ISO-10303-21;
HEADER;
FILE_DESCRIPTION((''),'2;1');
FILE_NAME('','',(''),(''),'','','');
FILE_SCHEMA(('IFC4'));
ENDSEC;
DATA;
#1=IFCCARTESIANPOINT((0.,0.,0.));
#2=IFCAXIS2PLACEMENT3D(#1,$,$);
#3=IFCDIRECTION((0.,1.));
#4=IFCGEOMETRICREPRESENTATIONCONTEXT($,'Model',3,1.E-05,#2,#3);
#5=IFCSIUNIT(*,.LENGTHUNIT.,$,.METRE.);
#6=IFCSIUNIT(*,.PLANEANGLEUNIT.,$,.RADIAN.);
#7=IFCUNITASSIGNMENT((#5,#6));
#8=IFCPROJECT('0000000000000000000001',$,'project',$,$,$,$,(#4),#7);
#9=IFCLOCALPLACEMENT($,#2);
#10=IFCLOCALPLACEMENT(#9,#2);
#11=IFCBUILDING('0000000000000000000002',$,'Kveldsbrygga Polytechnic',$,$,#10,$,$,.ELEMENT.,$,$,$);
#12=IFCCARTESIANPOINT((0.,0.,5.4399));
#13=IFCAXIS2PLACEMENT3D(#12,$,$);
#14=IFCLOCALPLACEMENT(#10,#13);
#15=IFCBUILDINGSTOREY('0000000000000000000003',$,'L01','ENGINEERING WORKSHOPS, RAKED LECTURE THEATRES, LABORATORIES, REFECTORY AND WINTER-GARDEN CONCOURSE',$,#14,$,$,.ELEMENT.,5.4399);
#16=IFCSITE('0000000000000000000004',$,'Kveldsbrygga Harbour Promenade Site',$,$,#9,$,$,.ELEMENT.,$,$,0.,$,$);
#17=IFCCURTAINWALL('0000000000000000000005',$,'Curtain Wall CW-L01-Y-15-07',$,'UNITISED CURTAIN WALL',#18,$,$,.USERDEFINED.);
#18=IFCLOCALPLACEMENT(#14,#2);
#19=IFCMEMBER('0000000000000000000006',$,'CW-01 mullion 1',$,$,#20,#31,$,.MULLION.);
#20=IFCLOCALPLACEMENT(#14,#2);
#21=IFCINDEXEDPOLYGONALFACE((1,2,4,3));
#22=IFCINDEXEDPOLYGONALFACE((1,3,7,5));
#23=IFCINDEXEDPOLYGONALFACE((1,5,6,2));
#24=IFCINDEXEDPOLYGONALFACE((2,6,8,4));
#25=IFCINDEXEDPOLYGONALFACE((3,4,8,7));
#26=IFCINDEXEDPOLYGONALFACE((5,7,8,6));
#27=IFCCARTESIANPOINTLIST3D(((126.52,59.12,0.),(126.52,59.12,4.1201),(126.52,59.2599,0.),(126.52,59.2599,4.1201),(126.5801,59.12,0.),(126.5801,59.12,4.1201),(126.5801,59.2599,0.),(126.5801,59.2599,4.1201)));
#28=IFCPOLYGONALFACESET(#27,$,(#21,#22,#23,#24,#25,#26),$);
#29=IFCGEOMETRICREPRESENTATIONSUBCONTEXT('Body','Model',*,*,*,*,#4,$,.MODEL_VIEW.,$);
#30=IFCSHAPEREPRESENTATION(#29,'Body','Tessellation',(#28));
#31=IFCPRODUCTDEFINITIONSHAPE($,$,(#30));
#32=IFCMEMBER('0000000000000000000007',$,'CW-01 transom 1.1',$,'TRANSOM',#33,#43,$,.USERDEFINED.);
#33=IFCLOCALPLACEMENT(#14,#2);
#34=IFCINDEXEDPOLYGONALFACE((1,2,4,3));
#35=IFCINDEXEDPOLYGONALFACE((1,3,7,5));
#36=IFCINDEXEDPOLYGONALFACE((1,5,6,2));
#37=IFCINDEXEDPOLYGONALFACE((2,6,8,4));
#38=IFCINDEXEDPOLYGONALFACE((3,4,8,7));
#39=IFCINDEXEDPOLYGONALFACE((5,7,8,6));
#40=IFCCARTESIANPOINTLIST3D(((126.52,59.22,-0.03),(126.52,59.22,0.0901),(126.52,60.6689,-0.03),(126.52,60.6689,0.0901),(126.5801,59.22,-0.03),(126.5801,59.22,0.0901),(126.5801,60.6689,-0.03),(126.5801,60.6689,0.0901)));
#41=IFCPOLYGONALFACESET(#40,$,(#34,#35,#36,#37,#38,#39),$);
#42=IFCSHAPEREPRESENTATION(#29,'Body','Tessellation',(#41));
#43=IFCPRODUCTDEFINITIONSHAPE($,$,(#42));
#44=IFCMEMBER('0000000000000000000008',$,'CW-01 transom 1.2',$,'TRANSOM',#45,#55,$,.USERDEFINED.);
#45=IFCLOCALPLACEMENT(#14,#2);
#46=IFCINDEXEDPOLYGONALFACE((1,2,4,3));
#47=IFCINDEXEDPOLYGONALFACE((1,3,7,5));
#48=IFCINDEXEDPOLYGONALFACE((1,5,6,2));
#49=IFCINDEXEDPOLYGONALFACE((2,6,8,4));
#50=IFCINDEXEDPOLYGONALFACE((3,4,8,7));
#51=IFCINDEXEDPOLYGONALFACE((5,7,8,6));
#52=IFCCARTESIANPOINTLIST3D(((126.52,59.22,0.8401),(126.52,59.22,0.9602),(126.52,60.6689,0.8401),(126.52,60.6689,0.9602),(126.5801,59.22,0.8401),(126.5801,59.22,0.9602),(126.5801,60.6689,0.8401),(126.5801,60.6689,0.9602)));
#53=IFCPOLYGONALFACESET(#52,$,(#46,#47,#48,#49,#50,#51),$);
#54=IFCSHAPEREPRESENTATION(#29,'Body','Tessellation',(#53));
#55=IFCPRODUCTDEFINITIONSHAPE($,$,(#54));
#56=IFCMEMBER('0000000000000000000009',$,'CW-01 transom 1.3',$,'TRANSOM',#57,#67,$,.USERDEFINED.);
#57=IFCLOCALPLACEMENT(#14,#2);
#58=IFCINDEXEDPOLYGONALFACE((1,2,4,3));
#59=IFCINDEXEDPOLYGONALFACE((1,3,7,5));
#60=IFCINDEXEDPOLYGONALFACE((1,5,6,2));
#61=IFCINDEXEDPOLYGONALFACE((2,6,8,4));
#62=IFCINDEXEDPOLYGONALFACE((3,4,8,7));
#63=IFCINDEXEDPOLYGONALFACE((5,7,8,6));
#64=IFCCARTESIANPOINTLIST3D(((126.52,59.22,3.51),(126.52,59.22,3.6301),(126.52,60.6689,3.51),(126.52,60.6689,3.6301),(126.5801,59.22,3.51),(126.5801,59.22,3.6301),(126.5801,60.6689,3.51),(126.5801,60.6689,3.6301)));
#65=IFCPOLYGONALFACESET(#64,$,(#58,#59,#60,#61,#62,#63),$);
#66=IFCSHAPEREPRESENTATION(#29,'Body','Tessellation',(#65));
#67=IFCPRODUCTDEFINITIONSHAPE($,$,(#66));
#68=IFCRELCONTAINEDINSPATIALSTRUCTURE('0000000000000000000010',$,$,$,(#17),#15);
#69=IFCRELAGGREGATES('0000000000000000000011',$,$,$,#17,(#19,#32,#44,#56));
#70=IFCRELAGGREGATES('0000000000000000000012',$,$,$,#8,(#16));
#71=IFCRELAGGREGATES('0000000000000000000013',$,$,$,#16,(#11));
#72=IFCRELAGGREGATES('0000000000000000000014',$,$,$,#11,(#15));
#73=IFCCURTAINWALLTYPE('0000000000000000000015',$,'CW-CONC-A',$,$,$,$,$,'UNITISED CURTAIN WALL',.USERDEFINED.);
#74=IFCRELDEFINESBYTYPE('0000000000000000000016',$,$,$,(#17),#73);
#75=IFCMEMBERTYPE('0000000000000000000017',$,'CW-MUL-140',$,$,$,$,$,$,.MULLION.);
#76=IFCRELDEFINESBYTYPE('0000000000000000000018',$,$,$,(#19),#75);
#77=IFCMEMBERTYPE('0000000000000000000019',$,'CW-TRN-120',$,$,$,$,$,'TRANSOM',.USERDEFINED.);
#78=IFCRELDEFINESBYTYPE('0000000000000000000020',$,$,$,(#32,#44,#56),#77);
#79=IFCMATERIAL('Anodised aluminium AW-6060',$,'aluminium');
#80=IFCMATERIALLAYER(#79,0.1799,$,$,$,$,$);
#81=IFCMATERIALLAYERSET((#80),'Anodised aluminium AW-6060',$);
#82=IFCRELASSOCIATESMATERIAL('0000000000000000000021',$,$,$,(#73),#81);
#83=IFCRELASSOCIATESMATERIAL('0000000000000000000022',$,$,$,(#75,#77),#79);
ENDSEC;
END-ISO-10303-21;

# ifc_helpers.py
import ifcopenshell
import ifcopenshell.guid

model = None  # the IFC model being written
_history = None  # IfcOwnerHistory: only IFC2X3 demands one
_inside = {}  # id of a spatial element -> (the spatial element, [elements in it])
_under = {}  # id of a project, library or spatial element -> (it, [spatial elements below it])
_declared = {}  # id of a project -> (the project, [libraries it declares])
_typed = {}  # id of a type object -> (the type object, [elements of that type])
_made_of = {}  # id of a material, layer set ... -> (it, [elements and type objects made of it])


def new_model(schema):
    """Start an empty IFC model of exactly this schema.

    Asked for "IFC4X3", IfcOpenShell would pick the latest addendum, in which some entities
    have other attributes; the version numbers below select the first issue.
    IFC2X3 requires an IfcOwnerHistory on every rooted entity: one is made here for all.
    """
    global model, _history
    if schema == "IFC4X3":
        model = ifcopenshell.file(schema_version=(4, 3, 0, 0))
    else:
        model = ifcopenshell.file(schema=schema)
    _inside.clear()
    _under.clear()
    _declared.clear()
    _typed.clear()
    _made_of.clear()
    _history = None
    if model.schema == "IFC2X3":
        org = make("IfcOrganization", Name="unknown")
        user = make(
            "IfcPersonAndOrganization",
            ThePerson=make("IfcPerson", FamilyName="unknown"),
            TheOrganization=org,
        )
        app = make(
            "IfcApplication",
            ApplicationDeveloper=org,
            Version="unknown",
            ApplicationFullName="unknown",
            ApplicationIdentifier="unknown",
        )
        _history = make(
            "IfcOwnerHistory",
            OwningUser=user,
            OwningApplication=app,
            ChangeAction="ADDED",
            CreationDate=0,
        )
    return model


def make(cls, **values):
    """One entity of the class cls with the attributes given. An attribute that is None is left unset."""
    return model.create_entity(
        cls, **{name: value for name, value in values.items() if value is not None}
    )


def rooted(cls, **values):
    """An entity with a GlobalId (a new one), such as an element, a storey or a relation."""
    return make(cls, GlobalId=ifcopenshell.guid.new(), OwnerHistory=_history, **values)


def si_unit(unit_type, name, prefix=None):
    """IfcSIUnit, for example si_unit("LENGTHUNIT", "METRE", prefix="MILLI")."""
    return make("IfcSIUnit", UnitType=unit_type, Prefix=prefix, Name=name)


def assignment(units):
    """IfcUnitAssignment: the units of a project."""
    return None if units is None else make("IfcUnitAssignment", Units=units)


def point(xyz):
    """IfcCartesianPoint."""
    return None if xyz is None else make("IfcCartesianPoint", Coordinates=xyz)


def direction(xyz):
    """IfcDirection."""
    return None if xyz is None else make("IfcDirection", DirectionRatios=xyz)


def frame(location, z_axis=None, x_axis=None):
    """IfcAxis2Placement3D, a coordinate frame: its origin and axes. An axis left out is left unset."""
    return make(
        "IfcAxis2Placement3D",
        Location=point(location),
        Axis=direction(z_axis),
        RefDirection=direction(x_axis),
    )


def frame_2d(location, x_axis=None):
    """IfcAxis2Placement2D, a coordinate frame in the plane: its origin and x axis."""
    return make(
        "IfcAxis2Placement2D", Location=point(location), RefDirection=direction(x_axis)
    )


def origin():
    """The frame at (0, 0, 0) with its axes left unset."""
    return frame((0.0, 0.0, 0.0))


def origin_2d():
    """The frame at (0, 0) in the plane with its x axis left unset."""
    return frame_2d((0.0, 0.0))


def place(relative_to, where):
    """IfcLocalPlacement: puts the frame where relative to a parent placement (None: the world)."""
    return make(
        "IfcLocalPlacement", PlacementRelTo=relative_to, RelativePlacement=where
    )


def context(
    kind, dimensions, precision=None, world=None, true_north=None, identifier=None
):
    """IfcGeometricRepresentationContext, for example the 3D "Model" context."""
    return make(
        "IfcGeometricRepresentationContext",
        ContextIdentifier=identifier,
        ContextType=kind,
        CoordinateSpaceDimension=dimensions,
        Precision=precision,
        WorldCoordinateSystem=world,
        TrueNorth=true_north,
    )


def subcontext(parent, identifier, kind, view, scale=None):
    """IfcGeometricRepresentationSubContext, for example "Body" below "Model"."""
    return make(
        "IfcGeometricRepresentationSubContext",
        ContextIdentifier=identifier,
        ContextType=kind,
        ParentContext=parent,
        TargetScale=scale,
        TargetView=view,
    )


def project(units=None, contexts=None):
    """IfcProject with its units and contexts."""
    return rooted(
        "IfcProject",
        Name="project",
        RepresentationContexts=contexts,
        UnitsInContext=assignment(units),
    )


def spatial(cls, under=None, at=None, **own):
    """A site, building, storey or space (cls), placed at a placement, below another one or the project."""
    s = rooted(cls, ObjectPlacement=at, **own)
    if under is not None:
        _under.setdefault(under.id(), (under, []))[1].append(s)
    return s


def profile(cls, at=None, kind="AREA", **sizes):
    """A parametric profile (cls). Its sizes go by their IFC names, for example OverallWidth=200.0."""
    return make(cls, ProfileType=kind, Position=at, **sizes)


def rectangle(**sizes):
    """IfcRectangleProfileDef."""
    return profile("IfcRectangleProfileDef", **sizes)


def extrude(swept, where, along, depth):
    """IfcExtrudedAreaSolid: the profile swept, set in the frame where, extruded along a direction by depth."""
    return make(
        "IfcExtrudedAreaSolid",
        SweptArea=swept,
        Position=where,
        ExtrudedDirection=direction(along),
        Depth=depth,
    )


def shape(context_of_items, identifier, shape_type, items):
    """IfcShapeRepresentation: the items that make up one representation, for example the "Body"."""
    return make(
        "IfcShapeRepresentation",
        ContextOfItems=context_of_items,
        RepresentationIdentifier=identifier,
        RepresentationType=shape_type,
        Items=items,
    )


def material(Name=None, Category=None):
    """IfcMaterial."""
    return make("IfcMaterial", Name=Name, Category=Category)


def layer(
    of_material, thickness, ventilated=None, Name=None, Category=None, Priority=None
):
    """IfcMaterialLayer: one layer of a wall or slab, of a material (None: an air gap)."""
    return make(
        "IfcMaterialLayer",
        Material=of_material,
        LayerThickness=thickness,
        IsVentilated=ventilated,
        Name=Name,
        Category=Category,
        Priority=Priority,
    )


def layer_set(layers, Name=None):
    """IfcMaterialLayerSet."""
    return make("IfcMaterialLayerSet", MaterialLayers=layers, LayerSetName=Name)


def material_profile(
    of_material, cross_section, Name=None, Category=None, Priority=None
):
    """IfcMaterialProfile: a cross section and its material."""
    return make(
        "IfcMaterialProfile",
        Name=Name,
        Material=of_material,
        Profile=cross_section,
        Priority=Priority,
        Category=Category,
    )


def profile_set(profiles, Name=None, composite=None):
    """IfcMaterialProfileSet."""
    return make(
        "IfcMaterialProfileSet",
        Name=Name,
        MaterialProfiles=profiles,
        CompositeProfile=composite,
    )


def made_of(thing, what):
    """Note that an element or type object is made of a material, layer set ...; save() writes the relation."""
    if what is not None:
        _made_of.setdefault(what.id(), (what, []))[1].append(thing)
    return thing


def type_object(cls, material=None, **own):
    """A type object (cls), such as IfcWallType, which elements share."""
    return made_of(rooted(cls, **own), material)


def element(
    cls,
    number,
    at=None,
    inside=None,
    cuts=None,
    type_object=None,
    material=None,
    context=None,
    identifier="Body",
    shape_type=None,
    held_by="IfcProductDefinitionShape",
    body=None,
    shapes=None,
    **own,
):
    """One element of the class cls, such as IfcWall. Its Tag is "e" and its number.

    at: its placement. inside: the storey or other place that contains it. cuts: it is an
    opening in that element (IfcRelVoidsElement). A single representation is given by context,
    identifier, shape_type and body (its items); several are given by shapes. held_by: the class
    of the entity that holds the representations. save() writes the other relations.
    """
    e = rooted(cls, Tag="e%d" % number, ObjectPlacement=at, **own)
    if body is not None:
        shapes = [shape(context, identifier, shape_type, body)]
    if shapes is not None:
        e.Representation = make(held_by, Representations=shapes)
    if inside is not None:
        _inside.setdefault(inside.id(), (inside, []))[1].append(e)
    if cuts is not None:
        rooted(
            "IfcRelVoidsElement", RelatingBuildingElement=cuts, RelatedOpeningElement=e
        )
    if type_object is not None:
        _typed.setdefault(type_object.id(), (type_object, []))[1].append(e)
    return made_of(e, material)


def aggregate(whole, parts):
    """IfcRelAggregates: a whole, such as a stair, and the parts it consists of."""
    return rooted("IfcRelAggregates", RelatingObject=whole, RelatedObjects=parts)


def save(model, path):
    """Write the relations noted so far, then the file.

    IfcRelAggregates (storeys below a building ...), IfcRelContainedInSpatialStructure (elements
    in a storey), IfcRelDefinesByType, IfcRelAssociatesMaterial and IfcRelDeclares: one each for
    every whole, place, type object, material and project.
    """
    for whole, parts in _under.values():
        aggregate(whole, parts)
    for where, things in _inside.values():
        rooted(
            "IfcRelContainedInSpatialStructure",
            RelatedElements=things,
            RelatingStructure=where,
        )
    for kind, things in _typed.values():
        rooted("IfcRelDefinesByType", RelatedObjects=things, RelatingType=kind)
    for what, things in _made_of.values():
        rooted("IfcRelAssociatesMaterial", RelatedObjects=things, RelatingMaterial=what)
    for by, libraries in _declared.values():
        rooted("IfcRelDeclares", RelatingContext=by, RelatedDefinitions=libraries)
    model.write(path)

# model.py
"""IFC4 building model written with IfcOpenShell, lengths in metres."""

from ifc_helpers import new_model, si_unit, direction, frame, origin, origin_2d, place, context, subcontext, project, spatial, rectangle, extrude, material, layer, layer_set, material_profile, profile_set, type_object, element, aggregate, save


model = new_model("IFC4")

# Units and contexts
model_context = context("Model", 3, precision=1e-05, world=origin(), true_north=direction((0.0, 1.0)))
body_context = subcontext(model_context, "Body", "Model", "MODEL_VIEW")
ifc_project = project(units=[si_unit("LENGTHUNIT", "METRE"), si_unit("PLANEANGLEUNIT", "RADIAN")], contexts=[model_context])

# Site, building, storey
site_placement = place(None, origin())
site = spatial("IfcSite", under=ifc_project, at=site_placement, Name="Kveldsbrygga Harbour Promenade Site", CompositionType="ELEMENT", RefElevation=0.0)
building_placement = place(site_placement, origin())
building = spatial("IfcBuilding", under=site, at=building_placement, Name="Kveldsbrygga Polytechnic", CompositionType="ELEMENT")
storey_placement = place(building_placement, frame((0.0, 0.0, 5.4399)))
storey = spatial("IfcBuildingStorey", under=building, at=storey_placement, Name="L01", Description="ENGINEERING WORKSHOPS, RAKED LECTURE THEATRES, LABORATORIES, REFECTORY AND WINTER-GARDEN CONCOURSE", CompositionType="ELEMENT", Elevation=5.4399)

# Curtain wall, members
ifc_material_1 = material(Name="Anodised aluminium AW-6060", Category="aluminium")
ifc_layer_1 = layer(ifc_material_1, 0.1799)
ifc_layer_set_1 = layer_set([ifc_layer_1], Name="Anodised aluminium AW-6060")
curtain_wall_type = type_object("IfcCurtainWallType", Name="CW-CONC-A", ElementType="UNITISED CURTAIN WALL", PredefinedType="USERDEFINED", material=ifc_layer_set_1)
curtain_wall_placement = place(storey_placement, origin())
curtain_wall = element("IfcCurtainWall", 1, at=curtain_wall_placement, inside=storey, type_object=curtain_wall_type, Name="Curtain Wall CW-L01-Y-15-07", ObjectType="UNITISED CURTAIN WALL", PredefinedType="USERDEFINED")
ifc_material_profile_1 = material_profile(ifc_material_1, rectangle(XDim=0.0601, YDim=0.1399, at=origin_2d()), Name="ALU 60x140")
ifc_profile_set_1 = profile_set([ifc_material_profile_1], Name="Anodised aluminium AW-6060")
member_type_1 = type_object("IfcMemberType", Name="CW-MUL-140", PredefinedType="MULLION", material=ifc_profile_set_1)
member_1_placement = place(storey_placement, frame((126.55, 59.1899, 0.0), z_axis=(0.0, 0.0, 1.0), x_axis=(-1.0, 0.0, 0.0)))
member_1 = element("IfcMember", 2, at=member_1_placement, type_object=member_type_1, Name="CW-01 mullion 1", PredefinedType="MULLION", context=body_context, shape_type="SweptSolid", body=[
    extrude(rectangle(XDim=0.0601, YDim=0.1399, at=origin_2d()), origin(), (0.0, 0.0, 1.0), 4.1201),
])
ifc_material_profile_2 = material_profile(ifc_material_1, rectangle(XDim=0.0601, YDim=0.1201, at=origin_2d()), Name="ALU 60x120")
ifc_profile_set_2 = profile_set([ifc_material_profile_2], Name="Anodised aluminium AW-6060")
member_type_2 = type_object("IfcMemberType", Name="CW-TRN-120", ElementType="TRANSOM", PredefinedType="USERDEFINED", material=ifc_profile_set_2)
member_2_placement = place(storey_placement, frame((126.55, 59.22, 0.03), z_axis=(0.0, 1.0, 0.0), x_axis=(-1.0, 0.0, 0.0)))
member_2 = element("IfcMember", 3, at=member_2_placement, type_object=member_type_2, Name="CW-01 transom 1.1", ObjectType="TRANSOM", PredefinedType="USERDEFINED", context=body_context, shape_type="SweptSolid", body=[
    extrude(rectangle(XDim=0.0601, YDim=0.1201, at=origin_2d()), origin(), (0.0, 0.0, 1.0), 1.449),
])
member_3_placement = place(storey_placement, frame((126.55, 59.22, 0.9001), z_axis=(0.0, 1.0, 0.0), x_axis=(-1.0, 0.0, 0.0)))
member_3 = element("IfcMember", 4, at=member_3_placement, type_object=member_type_2, Name="CW-01 transom 1.2", ObjectType="TRANSOM", PredefinedType="USERDEFINED", context=body_context, shape_type="SweptSolid", body=[
    extrude(rectangle(XDim=0.0601, YDim=0.1201, at=origin_2d()), origin(), (0.0, 0.0, 1.0), 1.449),
])
member_4_placement = place(storey_placement, frame((126.55, 59.22, 3.5701), z_axis=(0.0, 1.0, 0.0), x_axis=(-1.0, 0.0, 0.0)))
member_4 = element("IfcMember", 5, at=member_4_placement, type_object=member_type_2, Name="CW-01 transom 1.3", ObjectType="TRANSOM", PredefinedType="USERDEFINED", context=body_context, shape_type="SweptSolid", body=[
    extrude(rectangle(XDim=0.0601, YDim=0.1201, at=origin_2d()), origin(), (0.0, 0.0, 1.0), 1.449),
])
aggregate(curtain_wall, [member_1, member_2, member_3, member_4])

save(model, "model.ifc")
